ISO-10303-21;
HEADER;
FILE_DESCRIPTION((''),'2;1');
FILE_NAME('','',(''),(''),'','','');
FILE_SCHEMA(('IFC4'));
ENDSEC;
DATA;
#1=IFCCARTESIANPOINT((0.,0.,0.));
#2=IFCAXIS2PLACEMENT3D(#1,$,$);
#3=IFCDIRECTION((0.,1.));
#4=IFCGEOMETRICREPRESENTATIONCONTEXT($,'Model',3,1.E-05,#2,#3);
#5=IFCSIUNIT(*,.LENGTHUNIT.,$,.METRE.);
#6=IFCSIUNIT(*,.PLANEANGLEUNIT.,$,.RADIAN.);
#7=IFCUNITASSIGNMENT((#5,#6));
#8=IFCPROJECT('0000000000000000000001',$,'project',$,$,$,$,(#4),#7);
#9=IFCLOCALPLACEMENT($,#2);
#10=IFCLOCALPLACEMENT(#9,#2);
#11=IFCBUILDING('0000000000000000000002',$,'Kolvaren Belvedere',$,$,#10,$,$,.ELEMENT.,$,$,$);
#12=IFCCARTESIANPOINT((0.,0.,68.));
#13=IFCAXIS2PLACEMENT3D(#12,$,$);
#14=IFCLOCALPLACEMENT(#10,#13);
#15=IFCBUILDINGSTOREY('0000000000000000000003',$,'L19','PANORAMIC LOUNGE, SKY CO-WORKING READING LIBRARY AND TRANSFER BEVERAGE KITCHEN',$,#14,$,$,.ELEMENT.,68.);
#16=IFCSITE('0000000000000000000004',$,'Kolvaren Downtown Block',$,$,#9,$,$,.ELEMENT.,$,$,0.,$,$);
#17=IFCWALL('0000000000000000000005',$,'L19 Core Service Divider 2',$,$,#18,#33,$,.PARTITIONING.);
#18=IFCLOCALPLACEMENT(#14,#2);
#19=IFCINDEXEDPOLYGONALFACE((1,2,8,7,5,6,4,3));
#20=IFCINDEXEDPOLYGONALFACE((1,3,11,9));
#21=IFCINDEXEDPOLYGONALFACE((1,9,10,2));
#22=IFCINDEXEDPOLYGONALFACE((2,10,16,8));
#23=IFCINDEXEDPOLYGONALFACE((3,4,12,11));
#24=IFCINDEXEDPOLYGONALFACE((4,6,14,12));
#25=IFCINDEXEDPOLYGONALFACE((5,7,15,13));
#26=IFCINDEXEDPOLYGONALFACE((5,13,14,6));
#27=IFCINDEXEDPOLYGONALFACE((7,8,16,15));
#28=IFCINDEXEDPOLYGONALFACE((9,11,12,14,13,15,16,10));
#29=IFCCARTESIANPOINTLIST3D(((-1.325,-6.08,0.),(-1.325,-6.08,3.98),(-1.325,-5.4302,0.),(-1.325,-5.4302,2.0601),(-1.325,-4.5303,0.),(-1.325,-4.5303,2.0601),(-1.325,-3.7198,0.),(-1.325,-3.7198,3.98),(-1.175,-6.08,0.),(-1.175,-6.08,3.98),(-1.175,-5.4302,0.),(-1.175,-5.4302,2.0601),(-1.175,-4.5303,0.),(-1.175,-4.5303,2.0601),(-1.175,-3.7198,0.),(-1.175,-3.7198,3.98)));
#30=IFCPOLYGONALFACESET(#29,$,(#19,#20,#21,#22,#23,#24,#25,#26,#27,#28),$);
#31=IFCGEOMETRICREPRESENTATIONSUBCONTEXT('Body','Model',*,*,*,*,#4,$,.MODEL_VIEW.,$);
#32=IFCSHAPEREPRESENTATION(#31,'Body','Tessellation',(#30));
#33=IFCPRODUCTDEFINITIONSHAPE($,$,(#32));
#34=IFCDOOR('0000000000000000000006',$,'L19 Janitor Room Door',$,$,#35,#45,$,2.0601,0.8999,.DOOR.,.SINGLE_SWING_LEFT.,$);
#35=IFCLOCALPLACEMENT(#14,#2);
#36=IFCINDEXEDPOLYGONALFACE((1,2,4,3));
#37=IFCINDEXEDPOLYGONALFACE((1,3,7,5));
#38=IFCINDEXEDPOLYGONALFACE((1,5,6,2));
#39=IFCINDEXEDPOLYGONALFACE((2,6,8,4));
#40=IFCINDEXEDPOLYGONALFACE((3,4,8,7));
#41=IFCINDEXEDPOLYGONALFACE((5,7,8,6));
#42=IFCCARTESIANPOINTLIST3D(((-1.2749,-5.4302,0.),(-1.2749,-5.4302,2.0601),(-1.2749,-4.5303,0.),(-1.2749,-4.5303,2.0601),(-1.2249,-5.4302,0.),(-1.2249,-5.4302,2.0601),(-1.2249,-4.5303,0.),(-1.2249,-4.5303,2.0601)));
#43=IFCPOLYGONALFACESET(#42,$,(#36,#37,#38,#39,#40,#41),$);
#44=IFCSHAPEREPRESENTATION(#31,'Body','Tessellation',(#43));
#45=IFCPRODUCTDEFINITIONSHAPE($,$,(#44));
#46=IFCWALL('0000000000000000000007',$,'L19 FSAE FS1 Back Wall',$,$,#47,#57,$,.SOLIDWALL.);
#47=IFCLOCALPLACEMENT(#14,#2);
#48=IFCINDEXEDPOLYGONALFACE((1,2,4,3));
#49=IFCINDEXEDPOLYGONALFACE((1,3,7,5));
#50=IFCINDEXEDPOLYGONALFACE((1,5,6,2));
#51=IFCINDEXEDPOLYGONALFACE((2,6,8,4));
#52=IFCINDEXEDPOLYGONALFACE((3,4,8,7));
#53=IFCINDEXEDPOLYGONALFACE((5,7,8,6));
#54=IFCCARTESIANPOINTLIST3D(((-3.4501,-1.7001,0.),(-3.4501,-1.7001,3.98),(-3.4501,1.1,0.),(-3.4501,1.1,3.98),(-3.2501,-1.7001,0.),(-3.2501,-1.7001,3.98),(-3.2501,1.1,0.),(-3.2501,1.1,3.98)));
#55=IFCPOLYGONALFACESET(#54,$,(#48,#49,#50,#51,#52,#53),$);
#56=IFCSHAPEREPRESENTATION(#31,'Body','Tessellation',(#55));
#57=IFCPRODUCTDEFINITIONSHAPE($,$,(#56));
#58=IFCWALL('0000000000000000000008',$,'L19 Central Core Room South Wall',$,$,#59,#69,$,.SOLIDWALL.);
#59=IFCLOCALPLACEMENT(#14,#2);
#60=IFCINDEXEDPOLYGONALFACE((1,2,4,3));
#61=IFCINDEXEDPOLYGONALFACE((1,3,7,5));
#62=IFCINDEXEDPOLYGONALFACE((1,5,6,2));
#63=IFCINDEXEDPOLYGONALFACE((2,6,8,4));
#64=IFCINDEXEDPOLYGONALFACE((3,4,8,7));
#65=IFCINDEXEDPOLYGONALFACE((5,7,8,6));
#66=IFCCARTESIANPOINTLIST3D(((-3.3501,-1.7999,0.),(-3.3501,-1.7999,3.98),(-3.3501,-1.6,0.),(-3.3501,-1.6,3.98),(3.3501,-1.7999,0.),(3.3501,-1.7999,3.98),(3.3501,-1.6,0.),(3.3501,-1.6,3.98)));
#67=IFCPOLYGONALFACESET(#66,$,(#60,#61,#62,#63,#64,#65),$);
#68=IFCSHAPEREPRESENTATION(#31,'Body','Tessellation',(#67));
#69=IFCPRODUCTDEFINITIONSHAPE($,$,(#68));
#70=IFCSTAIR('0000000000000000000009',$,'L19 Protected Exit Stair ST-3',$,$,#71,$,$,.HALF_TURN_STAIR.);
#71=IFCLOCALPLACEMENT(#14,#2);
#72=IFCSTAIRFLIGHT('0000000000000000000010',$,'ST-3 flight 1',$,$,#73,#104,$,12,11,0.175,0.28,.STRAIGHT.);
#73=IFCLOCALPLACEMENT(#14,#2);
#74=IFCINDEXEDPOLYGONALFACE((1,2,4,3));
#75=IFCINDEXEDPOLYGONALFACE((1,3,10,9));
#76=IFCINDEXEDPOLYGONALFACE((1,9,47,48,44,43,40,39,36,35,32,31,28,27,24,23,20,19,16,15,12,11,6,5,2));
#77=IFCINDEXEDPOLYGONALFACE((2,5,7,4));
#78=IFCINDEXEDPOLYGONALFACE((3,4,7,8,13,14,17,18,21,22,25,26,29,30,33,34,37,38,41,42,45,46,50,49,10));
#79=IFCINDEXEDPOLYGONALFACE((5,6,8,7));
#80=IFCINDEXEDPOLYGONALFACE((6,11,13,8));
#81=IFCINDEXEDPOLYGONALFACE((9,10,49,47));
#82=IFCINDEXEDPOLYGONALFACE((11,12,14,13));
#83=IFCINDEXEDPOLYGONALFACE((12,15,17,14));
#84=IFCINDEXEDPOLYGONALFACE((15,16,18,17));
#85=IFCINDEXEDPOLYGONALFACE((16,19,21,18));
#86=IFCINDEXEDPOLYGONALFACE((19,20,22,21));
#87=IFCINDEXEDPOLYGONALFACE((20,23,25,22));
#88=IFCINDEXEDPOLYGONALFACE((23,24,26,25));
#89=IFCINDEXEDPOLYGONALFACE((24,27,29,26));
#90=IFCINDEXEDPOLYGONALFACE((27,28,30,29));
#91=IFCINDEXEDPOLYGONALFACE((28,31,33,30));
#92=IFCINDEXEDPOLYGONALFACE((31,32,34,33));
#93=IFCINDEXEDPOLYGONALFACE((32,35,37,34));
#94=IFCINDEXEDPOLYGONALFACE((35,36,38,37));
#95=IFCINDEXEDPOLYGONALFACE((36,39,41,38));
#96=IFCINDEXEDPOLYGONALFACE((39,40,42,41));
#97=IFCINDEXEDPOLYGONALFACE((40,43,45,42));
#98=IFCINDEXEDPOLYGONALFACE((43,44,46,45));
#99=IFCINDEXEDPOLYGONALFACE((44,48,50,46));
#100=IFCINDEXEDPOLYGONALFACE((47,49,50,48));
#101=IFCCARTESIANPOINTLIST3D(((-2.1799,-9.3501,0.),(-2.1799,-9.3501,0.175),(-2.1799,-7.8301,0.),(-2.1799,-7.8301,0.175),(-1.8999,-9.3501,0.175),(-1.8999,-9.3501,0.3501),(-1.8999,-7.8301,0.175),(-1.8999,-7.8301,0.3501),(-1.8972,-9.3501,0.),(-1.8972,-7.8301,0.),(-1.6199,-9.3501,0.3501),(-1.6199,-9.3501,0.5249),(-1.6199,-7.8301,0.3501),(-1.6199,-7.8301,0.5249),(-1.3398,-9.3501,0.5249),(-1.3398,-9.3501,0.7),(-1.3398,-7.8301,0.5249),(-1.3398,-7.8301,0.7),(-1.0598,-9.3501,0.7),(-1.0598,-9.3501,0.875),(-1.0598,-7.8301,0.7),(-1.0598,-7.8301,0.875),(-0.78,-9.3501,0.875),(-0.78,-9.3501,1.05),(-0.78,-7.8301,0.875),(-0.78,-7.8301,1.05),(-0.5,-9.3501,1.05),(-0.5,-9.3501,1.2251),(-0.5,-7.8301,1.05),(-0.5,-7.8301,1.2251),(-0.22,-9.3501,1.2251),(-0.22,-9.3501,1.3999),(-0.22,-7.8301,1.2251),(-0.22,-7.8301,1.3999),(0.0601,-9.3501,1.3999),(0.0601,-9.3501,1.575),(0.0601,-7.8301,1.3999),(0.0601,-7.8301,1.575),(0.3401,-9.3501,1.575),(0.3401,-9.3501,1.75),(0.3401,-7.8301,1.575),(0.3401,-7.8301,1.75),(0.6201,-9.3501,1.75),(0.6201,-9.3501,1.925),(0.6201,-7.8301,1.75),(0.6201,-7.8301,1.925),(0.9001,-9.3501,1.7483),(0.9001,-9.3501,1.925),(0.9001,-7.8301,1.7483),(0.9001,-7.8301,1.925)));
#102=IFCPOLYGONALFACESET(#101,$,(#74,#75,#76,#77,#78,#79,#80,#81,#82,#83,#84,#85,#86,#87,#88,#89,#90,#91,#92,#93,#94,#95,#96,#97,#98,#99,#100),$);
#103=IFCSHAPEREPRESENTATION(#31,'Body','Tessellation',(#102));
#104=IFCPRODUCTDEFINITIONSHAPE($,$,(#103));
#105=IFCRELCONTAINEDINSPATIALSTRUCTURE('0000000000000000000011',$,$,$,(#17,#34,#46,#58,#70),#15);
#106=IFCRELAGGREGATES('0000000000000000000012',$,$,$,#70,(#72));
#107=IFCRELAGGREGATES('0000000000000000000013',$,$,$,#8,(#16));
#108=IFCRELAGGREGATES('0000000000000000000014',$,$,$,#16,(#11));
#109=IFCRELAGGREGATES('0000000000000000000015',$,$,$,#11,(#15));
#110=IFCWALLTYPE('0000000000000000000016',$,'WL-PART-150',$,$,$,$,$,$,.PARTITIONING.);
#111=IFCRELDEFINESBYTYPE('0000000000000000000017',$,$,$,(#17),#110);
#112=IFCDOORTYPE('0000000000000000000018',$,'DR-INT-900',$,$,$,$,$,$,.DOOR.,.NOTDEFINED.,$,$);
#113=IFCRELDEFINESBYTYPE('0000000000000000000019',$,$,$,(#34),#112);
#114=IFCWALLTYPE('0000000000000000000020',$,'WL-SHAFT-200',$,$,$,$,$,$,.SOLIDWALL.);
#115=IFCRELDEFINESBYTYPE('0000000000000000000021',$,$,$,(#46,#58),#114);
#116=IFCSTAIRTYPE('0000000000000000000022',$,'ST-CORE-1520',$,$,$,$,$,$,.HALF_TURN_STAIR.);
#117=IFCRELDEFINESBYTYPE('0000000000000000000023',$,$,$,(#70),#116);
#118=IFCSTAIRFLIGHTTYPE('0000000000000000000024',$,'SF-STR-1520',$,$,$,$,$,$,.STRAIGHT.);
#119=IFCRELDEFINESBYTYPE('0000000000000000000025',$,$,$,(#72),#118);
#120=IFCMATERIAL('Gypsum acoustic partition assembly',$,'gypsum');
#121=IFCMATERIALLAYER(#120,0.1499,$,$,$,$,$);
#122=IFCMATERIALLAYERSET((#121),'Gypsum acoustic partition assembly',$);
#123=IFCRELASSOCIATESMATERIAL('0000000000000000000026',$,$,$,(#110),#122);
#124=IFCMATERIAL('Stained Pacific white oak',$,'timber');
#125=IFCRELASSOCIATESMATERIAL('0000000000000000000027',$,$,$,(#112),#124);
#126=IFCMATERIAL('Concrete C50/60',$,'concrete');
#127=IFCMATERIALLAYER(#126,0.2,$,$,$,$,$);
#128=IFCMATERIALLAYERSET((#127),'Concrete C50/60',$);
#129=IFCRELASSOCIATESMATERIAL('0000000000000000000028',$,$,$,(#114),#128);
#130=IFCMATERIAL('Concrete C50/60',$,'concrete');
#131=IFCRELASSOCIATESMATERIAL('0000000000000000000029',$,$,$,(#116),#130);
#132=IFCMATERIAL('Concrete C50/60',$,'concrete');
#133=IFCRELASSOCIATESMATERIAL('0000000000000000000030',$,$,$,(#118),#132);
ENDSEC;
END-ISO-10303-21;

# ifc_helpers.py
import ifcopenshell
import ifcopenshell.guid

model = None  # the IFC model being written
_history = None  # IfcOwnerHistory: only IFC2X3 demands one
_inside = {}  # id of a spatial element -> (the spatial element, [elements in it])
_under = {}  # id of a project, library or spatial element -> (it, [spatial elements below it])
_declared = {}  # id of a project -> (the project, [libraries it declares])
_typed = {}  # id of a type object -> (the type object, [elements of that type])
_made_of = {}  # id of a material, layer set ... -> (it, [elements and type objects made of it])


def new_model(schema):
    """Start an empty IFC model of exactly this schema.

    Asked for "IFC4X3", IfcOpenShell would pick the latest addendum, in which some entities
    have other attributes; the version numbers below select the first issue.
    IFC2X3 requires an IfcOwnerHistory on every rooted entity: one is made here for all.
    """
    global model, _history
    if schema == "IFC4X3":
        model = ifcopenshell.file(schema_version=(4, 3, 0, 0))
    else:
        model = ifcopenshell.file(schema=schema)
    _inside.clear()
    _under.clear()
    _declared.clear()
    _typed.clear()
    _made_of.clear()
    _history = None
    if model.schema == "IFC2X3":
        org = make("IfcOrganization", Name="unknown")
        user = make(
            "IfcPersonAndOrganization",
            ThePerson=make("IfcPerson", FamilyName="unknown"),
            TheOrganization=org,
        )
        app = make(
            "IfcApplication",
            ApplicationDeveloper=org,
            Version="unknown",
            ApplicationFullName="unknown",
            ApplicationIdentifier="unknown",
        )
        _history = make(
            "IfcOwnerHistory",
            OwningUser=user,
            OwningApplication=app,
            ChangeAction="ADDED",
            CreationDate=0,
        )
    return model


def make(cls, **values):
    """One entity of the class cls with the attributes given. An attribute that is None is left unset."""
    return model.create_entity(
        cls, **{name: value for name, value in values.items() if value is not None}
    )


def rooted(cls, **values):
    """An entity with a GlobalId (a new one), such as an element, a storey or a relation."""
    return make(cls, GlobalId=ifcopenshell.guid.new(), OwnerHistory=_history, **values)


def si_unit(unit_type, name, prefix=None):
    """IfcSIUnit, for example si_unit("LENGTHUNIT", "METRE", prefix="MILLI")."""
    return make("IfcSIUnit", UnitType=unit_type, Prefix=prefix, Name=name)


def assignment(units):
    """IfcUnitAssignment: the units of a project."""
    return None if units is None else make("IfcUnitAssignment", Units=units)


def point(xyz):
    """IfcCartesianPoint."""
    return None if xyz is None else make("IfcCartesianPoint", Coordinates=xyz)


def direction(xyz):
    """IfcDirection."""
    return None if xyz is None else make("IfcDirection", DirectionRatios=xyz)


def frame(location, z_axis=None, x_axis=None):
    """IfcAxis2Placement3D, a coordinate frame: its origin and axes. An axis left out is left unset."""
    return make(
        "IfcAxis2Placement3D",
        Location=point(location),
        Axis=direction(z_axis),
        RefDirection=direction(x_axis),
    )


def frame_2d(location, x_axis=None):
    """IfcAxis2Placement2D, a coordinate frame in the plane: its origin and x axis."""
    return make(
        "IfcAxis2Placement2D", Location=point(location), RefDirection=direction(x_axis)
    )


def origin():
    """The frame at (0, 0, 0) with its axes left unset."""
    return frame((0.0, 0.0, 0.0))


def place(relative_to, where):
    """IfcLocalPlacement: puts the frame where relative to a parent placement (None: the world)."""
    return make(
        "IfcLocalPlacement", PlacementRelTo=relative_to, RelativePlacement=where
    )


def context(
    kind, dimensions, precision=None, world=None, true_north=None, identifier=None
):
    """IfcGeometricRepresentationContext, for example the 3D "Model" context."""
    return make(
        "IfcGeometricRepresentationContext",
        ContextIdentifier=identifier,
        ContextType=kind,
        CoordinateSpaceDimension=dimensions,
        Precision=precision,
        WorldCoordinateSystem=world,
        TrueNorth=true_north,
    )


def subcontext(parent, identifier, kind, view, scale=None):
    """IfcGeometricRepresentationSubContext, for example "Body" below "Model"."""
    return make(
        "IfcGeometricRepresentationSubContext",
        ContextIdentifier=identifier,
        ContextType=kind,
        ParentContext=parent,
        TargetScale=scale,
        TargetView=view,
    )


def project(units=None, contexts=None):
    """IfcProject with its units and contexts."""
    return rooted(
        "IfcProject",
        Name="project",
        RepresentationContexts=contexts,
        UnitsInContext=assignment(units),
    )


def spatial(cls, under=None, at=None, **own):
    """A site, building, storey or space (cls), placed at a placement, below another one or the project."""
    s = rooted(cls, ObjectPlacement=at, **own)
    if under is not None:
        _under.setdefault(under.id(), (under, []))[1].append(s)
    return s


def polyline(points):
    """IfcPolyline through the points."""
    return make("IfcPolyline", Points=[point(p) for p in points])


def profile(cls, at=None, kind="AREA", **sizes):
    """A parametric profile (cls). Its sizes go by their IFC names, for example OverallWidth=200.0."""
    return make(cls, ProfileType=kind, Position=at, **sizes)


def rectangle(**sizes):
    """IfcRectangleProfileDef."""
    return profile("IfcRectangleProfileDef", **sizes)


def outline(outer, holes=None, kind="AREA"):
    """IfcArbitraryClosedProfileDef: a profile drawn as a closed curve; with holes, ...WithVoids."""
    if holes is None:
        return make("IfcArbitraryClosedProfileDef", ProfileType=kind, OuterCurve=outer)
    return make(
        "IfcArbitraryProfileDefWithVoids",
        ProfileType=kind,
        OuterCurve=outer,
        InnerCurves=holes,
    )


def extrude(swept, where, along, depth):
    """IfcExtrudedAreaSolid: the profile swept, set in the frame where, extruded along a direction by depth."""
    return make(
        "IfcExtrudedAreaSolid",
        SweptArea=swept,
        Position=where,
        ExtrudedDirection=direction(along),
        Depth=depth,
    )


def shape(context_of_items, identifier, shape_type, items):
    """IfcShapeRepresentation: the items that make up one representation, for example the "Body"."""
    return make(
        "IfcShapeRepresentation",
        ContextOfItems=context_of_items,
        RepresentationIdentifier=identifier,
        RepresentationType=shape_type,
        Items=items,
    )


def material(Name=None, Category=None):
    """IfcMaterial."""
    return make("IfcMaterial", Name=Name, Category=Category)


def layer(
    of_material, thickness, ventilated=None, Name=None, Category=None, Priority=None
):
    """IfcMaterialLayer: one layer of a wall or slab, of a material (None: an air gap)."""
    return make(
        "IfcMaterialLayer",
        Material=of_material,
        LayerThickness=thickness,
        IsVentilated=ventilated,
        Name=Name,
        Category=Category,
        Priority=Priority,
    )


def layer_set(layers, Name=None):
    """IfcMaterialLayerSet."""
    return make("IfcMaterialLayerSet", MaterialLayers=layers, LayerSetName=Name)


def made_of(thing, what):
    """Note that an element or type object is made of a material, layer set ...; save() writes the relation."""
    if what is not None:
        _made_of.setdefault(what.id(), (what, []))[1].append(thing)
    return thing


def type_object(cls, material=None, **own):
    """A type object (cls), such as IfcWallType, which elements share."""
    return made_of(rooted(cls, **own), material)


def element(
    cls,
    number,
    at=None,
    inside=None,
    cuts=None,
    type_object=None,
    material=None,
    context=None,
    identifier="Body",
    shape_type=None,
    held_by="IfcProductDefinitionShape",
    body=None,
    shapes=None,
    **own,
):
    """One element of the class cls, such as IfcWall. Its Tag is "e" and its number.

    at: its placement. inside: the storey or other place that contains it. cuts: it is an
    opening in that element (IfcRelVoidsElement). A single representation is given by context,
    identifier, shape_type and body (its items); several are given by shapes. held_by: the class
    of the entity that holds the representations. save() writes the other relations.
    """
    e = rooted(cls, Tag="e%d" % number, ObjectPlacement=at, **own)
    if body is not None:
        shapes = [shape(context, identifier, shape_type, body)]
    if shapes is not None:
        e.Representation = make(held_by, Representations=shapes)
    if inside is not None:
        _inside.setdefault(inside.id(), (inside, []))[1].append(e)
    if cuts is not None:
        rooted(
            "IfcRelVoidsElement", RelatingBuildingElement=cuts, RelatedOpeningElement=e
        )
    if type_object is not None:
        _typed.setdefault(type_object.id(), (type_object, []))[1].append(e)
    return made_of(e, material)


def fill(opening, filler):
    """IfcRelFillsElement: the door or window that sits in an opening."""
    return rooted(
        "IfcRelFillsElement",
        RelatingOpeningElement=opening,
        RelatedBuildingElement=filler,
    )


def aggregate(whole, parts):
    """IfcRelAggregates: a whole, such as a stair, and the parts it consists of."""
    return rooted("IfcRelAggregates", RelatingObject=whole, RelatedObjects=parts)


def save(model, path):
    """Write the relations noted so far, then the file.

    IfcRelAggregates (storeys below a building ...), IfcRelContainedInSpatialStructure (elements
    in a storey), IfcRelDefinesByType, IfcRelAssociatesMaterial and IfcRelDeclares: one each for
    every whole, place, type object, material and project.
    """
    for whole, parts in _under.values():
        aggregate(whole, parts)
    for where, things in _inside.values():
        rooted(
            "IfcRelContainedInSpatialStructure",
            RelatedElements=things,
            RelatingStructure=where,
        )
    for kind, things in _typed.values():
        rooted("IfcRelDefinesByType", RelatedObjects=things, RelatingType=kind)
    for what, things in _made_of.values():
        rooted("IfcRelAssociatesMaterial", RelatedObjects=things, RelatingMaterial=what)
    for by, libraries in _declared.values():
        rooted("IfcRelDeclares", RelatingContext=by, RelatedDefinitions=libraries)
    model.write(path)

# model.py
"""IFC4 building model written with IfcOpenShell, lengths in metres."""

from ifc_helpers import new_model, si_unit, direction, frame, frame_2d, origin, place, context, subcontext, project, spatial, polyline, rectangle, outline, extrude, material, layer, layer_set, type_object, element, fill, aggregate, save


model = new_model("IFC4")

# Units and contexts
model_context = context("Model", 3, precision=1e-05, world=origin(), true_north=direction((0.0, 1.0)))
body_context = subcontext(model_context, "Body", "Model", "MODEL_VIEW")
ifc_project = project(units=[si_unit("LENGTHUNIT", "METRE"), si_unit("PLANEANGLEUNIT", "RADIAN")], contexts=[model_context])

# Site, building, storey
site_placement = place(None, origin())
site = spatial("IfcSite", under=ifc_project, at=site_placement, Name="Kolvaren Downtown Block", CompositionType="ELEMENT", RefElevation=0.0)
building_placement = place(site_placement, origin())
building = spatial("IfcBuilding", under=site, at=building_placement, Name="Kolvaren Belvedere", CompositionType="ELEMENT")
storey_placement = place(building_placement, frame((0.0, 0.0, 68.0)))
storey = spatial("IfcBuildingStorey", under=building, at=storey_placement, Name="L19", Description="PANORAMIC LOUNGE, SKY CO-WORKING READING LIBRARY AND TRANSFER BEVERAGE KITCHEN", CompositionType="ELEMENT", Elevation=68.0)

# Shared definitions
ifc_material_1 = material(Name="Gypsum acoustic partition assembly", Category="gypsum")
ifc_layer_1 = layer(ifc_material_1, 0.1499)
ifc_layer_set_1 = layer_set([ifc_layer_1], Name="Gypsum acoustic partition assembly")
wall_type_1 = type_object("IfcWallType", Name="WL-PART-150", PredefinedType="PARTITIONING", material=ifc_layer_set_1)

# Wall, opening, door
wall_1_placement = place(storey_placement, frame((-1.25, -6.0801, 0.0), z_axis=(0.0, 0.0, 1.0), x_axis=(0.0, 1.0, 0.0)))
wall_1 = element("IfcWall", 1, at=wall_1_placement, inside=storey, type_object=wall_type_1, Name="L19 Core Service Divider 2", PredefinedType="PARTITIONING", context=body_context, shape_type="SweptSolid", body=[
    extrude(rectangle(XDim=2.3601, YDim=0.1499, at=frame_2d((1.1802, 0.0))), origin(), (0.0, 0.0, 1.0), 3.98),
])
opening_placement = place(wall_1_placement, frame((0.6499, 0.0, 0.0)))
opening = element("IfcOpeningElement", 2, at=opening_placement, cuts=wall_1, PredefinedType="OPENING", context=body_context, shape_type="SweptSolid", body=[
    extrude(rectangle(XDim=0.8999, YDim=2.0601, at=frame_2d((0.45, 1.03))), frame((0.0, 0.085, 0.0), z_axis=(0.0, -1.0, 0.0), x_axis=(1.0, 0.0, 0.0)), (0.0, 0.0, 1.0), 0.1699),
])
ifc_material_2 = material(Name="Stained Pacific white oak", Category="timber")
door_type = type_object("IfcDoorType", Name="DR-INT-900", OperationType="NOTDEFINED", PredefinedType="DOOR", material=ifc_material_2)
door_placement = place(opening_placement, origin())
door = element("IfcDoor", 3, at=door_placement, inside=storey, type_object=door_type, Name="L19 Janitor Room Door", OperationType="SINGLE_SWING_LEFT", OverallHeight=2.0601, OverallWidth=0.8999, PredefinedType="DOOR", context=body_context, shape_type="SweptSolid", body=[
    extrude(rectangle(XDim=0.8999, YDim=2.0601, at=frame_2d((0.45, 1.03))), frame((0.0, 0.0249, 0.0), z_axis=(0.0, -1.0, 0.0), x_axis=(1.0, 0.0, 0.0)), (0.0, 0.0, 1.0), 0.05),
])
fill(opening, door)

# Walls
ifc_material_3 = material(Name="Concrete C50/60", Category="concrete")
ifc_layer_2 = layer(ifc_material_3, 0.2)
ifc_layer_set_2 = layer_set([ifc_layer_2], Name="Concrete C50/60")
wall_type_2 = type_object("IfcWallType", Name="WL-SHAFT-200", PredefinedType="SOLIDWALL", material=ifc_layer_set_2)
wall_2_placement = place(storey_placement, frame((-3.3501, -1.7, 0.0), z_axis=(0.0, 0.0, 1.0), x_axis=(0.0, 1.0, 0.0)))
element("IfcWall", 4, at=wall_2_placement, inside=storey, type_object=wall_type_2, Name="L19 FSAE FS1 Back Wall", PredefinedType="SOLIDWALL", context=body_context, shape_type="SweptSolid", body=[
    extrude(rectangle(XDim=2.8, YDim=0.2, at=frame_2d((1.3999, 0.0))), origin(), (0.0, 0.0, 1.0), 3.98),
])
wall_3_placement = place(storey_placement, frame((-3.3501, -1.7, 0.0), z_axis=(0.0, 0.0, 1.0), x_axis=(1.0, 0.0, 0.0)))
element("IfcWall", 5, at=wall_3_placement, inside=storey, type_object=wall_type_2, Name="L19 Central Core Room South Wall", PredefinedType="SOLIDWALL", context=body_context, shape_type="SweptSolid", body=[
    extrude(rectangle(XDim=6.7002, YDim=0.2, at=frame_2d((3.3501, 0.0))), origin(), (0.0, 0.0, 1.0), 3.98),
])

# Stair, stair flight
ifc_material_4 = material(Name="Concrete C50/60", Category="concrete")
stair_type = type_object("IfcStairType", Name="ST-CORE-1520", PredefinedType="HALF_TURN_STAIR", material=ifc_material_4)
stair_placement = place(storey_placement, origin())
stair = element("IfcStair", 6, at=stair_placement, inside=storey, type_object=stair_type, Name="L19 Protected Exit Stair ST-3", PredefinedType="HALF_TURN_STAIR")
ifc_material_5 = material(Name="Concrete C50/60", Category="concrete")
stair_flight_type = type_object("IfcStairFlightType", Name="SF-STR-1520", PredefinedType="STRAIGHT", material=ifc_material_5)
stair_flight_placement = place(storey_placement, frame((-2.1799, -8.5901, 0.0), z_axis=(0.0, 0.0, 1.0), x_axis=(1.0, 0.0, 0.0)))
stair_flight = element("IfcStairFlight", 7, at=stair_flight_placement, type_object=stair_flight_type, Name="ST-3 flight 1", NumberOfRisers=12, NumberOfTreads=11, PredefinedType="STRAIGHT", RiserHeight=0.175, TreadLength=0.28, context=body_context, shape_type="SweptSolid", body=[
    extrude(outline(polyline([(0.0, 0.0), (0.0, 0.175), (0.28, 0.175), (0.28, 0.3501), (0.5601, 0.3501), (0.5601, 0.5249), (0.8401, 0.5249), (0.8401, 0.7), (1.1201, 0.7), (1.1201, 0.875), (1.3999, 0.875), (1.3999, 1.05), (1.6799, 1.05), (1.6799, 1.2251), (1.96, 1.2251), (1.96, 1.3999), (2.24, 1.3999), (2.24, 1.575), (2.52, 1.575), (2.52, 1.75), (2.8, 1.75), (2.8, 1.925), (3.0801, 1.925), (3.0801, 2.1001), (3.0801, 1.7483), (0.2827, 0.0), (0.0, 0.0)])), frame((0.0, 0.76, 0.0), z_axis=(0.0, -1.0, 0.0), x_axis=(1.0, 0.0, 0.0)), (0.0, 0.0, 1.0), 1.52),
])
aggregate(stair, [stair_flight])

save(model, "model.ifc")
